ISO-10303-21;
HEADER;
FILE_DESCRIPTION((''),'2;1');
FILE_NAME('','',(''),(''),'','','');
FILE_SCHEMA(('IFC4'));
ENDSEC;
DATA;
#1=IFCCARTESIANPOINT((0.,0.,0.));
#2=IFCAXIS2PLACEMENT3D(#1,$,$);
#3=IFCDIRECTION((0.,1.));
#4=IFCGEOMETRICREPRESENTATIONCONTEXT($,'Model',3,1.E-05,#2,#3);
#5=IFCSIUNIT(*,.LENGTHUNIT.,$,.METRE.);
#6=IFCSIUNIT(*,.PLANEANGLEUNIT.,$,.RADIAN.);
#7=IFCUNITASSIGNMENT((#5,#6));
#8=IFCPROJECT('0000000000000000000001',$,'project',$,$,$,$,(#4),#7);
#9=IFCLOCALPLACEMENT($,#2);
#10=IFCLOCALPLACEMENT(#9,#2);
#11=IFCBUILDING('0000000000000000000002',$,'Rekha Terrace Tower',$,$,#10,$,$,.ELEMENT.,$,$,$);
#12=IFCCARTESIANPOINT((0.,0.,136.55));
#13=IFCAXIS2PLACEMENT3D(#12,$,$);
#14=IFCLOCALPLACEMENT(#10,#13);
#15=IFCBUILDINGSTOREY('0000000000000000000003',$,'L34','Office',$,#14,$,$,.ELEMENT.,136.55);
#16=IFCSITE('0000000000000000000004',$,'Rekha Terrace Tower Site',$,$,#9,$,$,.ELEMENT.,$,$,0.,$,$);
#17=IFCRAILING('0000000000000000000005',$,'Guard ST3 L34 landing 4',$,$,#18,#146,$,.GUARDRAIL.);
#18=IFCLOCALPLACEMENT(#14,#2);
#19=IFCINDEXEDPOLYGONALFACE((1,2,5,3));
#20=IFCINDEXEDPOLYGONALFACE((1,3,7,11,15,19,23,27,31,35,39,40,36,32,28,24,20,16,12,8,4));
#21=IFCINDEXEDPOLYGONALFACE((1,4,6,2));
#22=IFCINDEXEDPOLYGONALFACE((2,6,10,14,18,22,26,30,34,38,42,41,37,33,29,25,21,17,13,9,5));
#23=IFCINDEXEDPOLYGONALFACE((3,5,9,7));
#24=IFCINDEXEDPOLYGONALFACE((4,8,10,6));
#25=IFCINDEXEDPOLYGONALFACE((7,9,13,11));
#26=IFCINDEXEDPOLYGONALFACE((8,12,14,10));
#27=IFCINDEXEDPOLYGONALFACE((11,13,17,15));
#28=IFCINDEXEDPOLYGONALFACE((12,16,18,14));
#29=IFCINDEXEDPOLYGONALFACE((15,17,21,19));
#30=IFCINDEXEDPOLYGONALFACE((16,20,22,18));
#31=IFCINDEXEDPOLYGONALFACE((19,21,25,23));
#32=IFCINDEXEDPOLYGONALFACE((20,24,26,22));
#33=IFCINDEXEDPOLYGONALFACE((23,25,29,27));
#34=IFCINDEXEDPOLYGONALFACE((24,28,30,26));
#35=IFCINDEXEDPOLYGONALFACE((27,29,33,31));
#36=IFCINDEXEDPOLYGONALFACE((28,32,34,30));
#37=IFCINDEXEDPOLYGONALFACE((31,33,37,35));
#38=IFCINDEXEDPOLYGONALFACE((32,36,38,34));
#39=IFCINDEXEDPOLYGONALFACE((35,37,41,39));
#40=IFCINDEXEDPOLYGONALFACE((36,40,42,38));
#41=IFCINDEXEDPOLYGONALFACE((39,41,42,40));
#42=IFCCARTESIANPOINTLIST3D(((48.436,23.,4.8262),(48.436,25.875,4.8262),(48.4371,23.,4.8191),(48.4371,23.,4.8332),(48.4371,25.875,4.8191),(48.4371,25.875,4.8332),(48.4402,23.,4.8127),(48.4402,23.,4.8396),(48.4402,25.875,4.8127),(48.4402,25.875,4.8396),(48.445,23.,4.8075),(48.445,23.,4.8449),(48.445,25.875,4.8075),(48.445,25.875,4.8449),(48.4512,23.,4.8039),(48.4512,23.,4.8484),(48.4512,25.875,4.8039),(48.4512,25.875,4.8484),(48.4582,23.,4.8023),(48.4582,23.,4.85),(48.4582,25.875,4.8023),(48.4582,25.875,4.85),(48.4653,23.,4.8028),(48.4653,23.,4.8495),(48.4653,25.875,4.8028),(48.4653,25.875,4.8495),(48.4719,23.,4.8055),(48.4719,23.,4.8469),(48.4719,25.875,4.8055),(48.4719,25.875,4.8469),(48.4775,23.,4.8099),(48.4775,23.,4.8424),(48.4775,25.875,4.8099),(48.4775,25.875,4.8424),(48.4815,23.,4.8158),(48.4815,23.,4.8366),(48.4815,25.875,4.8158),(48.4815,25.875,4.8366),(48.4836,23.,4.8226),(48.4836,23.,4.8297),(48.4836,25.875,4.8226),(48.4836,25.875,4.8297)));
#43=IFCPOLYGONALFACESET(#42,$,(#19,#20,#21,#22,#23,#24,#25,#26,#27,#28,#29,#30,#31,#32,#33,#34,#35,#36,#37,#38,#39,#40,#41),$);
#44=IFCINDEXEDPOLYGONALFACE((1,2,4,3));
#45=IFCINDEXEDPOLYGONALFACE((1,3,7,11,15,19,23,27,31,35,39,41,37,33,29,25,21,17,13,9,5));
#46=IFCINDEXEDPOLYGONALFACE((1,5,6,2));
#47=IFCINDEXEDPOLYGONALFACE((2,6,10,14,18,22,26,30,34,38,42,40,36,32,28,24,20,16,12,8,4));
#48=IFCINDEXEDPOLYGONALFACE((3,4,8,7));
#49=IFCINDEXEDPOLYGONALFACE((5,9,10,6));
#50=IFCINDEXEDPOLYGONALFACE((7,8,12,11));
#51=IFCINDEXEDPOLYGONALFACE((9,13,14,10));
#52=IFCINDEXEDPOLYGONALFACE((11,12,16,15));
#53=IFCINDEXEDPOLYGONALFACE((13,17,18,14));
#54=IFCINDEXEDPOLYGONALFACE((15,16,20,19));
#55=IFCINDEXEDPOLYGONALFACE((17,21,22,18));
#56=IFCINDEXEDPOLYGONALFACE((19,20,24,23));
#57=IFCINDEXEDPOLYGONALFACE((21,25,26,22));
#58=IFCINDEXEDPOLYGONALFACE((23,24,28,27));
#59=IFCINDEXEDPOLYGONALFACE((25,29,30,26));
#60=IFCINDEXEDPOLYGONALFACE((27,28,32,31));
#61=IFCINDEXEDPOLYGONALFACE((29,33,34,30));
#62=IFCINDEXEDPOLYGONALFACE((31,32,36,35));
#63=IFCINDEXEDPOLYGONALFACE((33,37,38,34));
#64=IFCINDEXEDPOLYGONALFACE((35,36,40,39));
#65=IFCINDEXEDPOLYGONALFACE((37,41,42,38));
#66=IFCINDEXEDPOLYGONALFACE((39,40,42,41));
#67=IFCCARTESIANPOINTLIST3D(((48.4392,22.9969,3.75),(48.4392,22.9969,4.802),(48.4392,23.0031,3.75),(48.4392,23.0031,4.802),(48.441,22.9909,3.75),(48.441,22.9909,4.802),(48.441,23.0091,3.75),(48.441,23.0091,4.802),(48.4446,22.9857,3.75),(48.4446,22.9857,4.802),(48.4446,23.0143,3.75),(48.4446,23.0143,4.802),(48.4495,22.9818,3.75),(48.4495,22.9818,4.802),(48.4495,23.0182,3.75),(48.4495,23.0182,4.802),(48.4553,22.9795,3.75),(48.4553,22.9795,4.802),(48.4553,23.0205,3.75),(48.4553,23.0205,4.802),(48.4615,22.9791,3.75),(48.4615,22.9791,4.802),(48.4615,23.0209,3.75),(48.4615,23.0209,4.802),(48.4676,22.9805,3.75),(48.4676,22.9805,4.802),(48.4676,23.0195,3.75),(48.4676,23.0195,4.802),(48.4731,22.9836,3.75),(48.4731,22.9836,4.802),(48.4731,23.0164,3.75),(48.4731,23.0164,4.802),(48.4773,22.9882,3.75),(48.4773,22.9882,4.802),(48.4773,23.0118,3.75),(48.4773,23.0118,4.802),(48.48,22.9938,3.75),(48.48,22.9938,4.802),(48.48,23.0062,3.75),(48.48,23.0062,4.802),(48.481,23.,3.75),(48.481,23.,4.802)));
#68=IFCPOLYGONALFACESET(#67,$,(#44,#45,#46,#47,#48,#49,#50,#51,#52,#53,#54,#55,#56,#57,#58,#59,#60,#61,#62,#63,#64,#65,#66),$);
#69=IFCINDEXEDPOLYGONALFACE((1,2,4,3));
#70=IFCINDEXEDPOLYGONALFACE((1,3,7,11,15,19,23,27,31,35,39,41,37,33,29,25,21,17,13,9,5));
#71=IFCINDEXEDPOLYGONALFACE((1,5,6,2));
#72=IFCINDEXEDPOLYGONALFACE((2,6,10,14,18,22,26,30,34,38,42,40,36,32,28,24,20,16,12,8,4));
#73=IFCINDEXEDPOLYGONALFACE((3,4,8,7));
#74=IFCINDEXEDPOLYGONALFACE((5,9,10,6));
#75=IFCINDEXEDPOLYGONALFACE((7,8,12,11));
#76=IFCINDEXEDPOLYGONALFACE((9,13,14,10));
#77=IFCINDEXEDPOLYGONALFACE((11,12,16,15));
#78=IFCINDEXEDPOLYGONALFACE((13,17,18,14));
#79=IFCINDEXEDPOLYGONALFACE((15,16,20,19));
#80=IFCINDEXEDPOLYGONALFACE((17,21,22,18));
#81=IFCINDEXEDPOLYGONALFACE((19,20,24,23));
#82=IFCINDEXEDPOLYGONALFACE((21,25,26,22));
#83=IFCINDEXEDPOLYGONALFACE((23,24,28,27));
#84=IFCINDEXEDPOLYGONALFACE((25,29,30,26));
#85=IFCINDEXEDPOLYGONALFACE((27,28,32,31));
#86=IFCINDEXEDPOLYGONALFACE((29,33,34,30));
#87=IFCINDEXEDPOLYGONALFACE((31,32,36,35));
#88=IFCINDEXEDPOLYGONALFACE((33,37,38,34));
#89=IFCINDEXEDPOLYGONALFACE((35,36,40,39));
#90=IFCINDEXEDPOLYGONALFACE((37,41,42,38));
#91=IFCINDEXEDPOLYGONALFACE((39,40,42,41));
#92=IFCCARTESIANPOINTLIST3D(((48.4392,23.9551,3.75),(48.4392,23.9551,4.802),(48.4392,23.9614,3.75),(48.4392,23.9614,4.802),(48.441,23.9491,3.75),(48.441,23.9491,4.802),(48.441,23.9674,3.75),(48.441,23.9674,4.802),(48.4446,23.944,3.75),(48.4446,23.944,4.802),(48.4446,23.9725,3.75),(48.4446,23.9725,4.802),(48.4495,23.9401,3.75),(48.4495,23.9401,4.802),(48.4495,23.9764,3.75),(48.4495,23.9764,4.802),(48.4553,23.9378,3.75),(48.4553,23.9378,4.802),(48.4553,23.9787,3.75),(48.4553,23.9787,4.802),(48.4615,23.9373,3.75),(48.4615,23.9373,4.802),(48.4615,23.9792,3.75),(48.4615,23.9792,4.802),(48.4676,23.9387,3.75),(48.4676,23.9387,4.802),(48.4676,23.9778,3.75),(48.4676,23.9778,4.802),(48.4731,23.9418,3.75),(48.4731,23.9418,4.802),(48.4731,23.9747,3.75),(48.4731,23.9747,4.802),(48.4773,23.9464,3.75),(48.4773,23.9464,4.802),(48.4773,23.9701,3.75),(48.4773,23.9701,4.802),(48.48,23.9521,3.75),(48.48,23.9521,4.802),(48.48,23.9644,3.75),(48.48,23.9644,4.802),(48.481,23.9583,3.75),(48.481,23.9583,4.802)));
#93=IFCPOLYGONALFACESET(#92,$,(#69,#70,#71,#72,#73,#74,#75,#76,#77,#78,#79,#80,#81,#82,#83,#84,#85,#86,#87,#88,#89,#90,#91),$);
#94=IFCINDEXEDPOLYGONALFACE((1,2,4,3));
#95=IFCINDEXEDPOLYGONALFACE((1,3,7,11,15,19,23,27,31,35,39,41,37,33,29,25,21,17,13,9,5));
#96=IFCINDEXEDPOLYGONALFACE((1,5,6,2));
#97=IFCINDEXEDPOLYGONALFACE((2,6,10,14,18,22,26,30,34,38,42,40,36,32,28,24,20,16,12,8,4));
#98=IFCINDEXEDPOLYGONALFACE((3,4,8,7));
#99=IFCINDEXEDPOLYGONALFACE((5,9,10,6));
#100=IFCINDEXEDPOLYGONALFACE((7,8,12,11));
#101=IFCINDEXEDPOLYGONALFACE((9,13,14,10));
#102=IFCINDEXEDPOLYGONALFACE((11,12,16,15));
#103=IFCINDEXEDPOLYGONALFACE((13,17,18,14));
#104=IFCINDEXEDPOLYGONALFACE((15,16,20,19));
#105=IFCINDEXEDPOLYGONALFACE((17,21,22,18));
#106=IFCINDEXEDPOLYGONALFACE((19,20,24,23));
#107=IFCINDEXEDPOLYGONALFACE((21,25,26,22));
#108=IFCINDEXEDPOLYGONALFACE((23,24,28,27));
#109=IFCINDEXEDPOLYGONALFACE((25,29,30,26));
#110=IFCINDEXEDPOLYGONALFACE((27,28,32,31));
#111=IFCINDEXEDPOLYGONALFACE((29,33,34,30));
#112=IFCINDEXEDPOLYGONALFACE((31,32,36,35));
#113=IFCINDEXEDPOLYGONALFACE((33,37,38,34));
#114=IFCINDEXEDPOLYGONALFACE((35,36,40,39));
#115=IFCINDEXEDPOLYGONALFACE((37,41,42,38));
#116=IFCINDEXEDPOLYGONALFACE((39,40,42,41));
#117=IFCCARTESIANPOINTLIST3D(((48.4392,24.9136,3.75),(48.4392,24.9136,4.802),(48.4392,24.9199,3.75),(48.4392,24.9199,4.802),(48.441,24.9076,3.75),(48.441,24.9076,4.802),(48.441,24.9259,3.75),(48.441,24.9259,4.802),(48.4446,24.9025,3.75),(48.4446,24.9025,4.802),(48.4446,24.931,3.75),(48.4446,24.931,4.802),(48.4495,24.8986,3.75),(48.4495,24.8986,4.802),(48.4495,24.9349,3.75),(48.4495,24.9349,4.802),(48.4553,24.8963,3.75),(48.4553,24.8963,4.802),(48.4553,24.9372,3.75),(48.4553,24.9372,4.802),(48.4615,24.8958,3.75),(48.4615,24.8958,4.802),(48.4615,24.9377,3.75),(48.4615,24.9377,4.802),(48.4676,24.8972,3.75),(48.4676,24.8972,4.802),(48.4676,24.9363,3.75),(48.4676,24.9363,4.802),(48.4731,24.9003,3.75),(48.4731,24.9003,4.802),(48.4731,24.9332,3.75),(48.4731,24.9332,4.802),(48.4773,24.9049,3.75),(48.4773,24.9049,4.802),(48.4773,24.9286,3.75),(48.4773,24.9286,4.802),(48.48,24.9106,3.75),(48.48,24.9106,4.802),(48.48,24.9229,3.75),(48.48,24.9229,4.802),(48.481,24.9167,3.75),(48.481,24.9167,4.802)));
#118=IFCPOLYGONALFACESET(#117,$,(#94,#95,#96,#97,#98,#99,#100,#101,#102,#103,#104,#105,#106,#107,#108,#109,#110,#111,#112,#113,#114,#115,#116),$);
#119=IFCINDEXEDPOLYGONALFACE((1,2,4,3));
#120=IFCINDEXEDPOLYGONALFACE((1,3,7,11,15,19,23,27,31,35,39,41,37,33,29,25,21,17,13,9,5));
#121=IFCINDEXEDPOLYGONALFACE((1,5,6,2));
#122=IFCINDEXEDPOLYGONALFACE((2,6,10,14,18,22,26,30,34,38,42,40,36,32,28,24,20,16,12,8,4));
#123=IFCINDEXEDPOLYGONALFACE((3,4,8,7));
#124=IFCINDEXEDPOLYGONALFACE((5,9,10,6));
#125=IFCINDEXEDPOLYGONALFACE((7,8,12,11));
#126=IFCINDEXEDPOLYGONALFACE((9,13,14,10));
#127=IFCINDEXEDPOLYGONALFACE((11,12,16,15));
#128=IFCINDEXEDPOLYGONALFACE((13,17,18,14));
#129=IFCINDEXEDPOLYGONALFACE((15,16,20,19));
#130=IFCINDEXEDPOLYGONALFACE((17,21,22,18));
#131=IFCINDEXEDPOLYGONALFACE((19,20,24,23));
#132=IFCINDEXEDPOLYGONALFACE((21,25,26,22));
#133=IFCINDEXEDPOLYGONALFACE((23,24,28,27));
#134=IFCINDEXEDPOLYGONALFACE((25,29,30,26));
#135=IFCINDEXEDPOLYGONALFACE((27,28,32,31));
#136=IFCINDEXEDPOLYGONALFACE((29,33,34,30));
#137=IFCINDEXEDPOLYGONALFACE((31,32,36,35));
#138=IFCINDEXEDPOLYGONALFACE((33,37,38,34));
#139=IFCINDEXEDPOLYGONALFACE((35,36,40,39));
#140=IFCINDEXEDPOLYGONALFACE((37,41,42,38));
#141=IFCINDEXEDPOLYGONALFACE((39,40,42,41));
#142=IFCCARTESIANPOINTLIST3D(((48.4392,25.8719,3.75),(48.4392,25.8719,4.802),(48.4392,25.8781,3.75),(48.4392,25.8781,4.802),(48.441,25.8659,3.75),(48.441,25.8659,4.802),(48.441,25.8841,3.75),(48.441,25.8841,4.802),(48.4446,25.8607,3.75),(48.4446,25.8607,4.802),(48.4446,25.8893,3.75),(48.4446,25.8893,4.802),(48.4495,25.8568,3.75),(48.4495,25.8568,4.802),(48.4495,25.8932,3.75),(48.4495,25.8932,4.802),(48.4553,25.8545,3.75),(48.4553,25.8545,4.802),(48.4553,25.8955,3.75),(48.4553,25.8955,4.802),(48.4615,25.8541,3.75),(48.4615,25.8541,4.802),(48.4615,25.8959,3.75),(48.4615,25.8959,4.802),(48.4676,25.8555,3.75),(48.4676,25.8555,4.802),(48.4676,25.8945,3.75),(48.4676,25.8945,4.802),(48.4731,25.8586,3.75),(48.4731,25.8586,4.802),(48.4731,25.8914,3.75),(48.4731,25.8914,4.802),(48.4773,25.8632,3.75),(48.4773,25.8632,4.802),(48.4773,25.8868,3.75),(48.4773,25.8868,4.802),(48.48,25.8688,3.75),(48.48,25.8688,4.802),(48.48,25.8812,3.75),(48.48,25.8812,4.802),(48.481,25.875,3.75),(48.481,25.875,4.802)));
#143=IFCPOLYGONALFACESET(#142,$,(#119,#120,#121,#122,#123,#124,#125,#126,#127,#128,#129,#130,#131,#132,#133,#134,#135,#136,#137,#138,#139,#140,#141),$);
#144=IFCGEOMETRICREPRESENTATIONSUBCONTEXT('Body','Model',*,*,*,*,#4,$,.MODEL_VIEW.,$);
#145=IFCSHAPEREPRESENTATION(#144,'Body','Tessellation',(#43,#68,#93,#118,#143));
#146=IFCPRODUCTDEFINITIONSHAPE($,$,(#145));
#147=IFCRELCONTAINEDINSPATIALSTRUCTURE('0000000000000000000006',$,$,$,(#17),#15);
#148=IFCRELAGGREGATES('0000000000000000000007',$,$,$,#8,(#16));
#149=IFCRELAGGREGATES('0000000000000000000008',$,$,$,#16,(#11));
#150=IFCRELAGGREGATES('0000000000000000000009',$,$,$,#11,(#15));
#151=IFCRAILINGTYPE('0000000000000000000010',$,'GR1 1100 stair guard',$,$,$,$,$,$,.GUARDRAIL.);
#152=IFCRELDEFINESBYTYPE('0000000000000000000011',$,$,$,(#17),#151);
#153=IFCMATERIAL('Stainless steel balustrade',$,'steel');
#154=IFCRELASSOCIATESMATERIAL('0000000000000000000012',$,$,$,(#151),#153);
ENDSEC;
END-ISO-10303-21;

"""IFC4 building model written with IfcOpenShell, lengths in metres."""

from ifc_helpers import new_model, si_unit, direction, frame, origin, origin_2d, place, context, subcontext, project, spatial, circle, extrude, material, type_object, element, save


model = new_model("IFC4")

# Units and contexts
model_context = context("Model", 3, precision=1e-05, world=origin(), true_north=direction((0.0, 1.0)))
body_context = subcontext(model_context, "Body", "Model", "MODEL_VIEW")
ifc_project = project(units=[si_unit("LENGTHUNIT", "METRE"), si_unit("PLANEANGLEUNIT", "RADIAN")], contexts=[model_context])

# Site, building, storey
site_placement = place(None, origin())
site = spatial("IfcSite", under=ifc_project, at=site_placement, Name="Rekha Terrace Tower Site", CompositionType="ELEMENT", RefElevation=0.0)
building_placement = place(site_placement, origin())
building = spatial("IfcBuilding", under=site, at=building_placement, Name="Rekha Terrace Tower", CompositionType="ELEMENT")
storey_placement = place(building_placement, frame((0.0, 0.0, 136.55)))
storey = spatial("IfcBuildingStorey", under=building, at=storey_placement, Name="L34", Description="Office", CompositionType="ELEMENT", Elevation=136.55)

# Railing
ifc_material_1 = material(Name="Stainless steel balustrade", Category="steel")
railing_type_1 = type_object("IfcRailingType", Name="GR1 1100 stair guard", PredefinedType="GUARDRAIL", material=ifc_material_1)
railing_1_placement = place(storey_placement, frame((48.46, 23.0, 3.75)))
element("IfcRailing", 1, at=railing_1_placement, inside=storey, type_object=railing_type_1, Name="Guard ST3 L34 landing 4", PredefinedType="GUARDRAIL", context=body_context, shape_type="SweptSolid", body=[
    extrude(circle(Radius=0.0239, at=origin_2d()), frame((0.0, 0.0, 1.0762), z_axis=(0.0, 1.0, 0.0), x_axis=(-1.0, 0.0, 0.0)), (0.0, 0.0, 1.0), 2.875),
    extrude(circle(Radius=0.021, at=origin_2d()), origin(), (0.0, 0.0, 1.0), 1.052),
    extrude(circle(Radius=0.021, at=origin_2d()), frame((0.0, 0.9583, 0.0)), (0.0, 0.0, 1.0), 1.052),
    extrude(circle(Radius=0.021, at=origin_2d()), frame((0.0, 1.9167, 0.0)), (0.0, 0.0, 1.0), 1.052),
    extrude(circle(Radius=0.021, at=origin_2d()), frame((0.0, 2.875, 0.0)), (0.0, 0.0, 1.0), 1.052),
])

save(model, "model.ifc")
